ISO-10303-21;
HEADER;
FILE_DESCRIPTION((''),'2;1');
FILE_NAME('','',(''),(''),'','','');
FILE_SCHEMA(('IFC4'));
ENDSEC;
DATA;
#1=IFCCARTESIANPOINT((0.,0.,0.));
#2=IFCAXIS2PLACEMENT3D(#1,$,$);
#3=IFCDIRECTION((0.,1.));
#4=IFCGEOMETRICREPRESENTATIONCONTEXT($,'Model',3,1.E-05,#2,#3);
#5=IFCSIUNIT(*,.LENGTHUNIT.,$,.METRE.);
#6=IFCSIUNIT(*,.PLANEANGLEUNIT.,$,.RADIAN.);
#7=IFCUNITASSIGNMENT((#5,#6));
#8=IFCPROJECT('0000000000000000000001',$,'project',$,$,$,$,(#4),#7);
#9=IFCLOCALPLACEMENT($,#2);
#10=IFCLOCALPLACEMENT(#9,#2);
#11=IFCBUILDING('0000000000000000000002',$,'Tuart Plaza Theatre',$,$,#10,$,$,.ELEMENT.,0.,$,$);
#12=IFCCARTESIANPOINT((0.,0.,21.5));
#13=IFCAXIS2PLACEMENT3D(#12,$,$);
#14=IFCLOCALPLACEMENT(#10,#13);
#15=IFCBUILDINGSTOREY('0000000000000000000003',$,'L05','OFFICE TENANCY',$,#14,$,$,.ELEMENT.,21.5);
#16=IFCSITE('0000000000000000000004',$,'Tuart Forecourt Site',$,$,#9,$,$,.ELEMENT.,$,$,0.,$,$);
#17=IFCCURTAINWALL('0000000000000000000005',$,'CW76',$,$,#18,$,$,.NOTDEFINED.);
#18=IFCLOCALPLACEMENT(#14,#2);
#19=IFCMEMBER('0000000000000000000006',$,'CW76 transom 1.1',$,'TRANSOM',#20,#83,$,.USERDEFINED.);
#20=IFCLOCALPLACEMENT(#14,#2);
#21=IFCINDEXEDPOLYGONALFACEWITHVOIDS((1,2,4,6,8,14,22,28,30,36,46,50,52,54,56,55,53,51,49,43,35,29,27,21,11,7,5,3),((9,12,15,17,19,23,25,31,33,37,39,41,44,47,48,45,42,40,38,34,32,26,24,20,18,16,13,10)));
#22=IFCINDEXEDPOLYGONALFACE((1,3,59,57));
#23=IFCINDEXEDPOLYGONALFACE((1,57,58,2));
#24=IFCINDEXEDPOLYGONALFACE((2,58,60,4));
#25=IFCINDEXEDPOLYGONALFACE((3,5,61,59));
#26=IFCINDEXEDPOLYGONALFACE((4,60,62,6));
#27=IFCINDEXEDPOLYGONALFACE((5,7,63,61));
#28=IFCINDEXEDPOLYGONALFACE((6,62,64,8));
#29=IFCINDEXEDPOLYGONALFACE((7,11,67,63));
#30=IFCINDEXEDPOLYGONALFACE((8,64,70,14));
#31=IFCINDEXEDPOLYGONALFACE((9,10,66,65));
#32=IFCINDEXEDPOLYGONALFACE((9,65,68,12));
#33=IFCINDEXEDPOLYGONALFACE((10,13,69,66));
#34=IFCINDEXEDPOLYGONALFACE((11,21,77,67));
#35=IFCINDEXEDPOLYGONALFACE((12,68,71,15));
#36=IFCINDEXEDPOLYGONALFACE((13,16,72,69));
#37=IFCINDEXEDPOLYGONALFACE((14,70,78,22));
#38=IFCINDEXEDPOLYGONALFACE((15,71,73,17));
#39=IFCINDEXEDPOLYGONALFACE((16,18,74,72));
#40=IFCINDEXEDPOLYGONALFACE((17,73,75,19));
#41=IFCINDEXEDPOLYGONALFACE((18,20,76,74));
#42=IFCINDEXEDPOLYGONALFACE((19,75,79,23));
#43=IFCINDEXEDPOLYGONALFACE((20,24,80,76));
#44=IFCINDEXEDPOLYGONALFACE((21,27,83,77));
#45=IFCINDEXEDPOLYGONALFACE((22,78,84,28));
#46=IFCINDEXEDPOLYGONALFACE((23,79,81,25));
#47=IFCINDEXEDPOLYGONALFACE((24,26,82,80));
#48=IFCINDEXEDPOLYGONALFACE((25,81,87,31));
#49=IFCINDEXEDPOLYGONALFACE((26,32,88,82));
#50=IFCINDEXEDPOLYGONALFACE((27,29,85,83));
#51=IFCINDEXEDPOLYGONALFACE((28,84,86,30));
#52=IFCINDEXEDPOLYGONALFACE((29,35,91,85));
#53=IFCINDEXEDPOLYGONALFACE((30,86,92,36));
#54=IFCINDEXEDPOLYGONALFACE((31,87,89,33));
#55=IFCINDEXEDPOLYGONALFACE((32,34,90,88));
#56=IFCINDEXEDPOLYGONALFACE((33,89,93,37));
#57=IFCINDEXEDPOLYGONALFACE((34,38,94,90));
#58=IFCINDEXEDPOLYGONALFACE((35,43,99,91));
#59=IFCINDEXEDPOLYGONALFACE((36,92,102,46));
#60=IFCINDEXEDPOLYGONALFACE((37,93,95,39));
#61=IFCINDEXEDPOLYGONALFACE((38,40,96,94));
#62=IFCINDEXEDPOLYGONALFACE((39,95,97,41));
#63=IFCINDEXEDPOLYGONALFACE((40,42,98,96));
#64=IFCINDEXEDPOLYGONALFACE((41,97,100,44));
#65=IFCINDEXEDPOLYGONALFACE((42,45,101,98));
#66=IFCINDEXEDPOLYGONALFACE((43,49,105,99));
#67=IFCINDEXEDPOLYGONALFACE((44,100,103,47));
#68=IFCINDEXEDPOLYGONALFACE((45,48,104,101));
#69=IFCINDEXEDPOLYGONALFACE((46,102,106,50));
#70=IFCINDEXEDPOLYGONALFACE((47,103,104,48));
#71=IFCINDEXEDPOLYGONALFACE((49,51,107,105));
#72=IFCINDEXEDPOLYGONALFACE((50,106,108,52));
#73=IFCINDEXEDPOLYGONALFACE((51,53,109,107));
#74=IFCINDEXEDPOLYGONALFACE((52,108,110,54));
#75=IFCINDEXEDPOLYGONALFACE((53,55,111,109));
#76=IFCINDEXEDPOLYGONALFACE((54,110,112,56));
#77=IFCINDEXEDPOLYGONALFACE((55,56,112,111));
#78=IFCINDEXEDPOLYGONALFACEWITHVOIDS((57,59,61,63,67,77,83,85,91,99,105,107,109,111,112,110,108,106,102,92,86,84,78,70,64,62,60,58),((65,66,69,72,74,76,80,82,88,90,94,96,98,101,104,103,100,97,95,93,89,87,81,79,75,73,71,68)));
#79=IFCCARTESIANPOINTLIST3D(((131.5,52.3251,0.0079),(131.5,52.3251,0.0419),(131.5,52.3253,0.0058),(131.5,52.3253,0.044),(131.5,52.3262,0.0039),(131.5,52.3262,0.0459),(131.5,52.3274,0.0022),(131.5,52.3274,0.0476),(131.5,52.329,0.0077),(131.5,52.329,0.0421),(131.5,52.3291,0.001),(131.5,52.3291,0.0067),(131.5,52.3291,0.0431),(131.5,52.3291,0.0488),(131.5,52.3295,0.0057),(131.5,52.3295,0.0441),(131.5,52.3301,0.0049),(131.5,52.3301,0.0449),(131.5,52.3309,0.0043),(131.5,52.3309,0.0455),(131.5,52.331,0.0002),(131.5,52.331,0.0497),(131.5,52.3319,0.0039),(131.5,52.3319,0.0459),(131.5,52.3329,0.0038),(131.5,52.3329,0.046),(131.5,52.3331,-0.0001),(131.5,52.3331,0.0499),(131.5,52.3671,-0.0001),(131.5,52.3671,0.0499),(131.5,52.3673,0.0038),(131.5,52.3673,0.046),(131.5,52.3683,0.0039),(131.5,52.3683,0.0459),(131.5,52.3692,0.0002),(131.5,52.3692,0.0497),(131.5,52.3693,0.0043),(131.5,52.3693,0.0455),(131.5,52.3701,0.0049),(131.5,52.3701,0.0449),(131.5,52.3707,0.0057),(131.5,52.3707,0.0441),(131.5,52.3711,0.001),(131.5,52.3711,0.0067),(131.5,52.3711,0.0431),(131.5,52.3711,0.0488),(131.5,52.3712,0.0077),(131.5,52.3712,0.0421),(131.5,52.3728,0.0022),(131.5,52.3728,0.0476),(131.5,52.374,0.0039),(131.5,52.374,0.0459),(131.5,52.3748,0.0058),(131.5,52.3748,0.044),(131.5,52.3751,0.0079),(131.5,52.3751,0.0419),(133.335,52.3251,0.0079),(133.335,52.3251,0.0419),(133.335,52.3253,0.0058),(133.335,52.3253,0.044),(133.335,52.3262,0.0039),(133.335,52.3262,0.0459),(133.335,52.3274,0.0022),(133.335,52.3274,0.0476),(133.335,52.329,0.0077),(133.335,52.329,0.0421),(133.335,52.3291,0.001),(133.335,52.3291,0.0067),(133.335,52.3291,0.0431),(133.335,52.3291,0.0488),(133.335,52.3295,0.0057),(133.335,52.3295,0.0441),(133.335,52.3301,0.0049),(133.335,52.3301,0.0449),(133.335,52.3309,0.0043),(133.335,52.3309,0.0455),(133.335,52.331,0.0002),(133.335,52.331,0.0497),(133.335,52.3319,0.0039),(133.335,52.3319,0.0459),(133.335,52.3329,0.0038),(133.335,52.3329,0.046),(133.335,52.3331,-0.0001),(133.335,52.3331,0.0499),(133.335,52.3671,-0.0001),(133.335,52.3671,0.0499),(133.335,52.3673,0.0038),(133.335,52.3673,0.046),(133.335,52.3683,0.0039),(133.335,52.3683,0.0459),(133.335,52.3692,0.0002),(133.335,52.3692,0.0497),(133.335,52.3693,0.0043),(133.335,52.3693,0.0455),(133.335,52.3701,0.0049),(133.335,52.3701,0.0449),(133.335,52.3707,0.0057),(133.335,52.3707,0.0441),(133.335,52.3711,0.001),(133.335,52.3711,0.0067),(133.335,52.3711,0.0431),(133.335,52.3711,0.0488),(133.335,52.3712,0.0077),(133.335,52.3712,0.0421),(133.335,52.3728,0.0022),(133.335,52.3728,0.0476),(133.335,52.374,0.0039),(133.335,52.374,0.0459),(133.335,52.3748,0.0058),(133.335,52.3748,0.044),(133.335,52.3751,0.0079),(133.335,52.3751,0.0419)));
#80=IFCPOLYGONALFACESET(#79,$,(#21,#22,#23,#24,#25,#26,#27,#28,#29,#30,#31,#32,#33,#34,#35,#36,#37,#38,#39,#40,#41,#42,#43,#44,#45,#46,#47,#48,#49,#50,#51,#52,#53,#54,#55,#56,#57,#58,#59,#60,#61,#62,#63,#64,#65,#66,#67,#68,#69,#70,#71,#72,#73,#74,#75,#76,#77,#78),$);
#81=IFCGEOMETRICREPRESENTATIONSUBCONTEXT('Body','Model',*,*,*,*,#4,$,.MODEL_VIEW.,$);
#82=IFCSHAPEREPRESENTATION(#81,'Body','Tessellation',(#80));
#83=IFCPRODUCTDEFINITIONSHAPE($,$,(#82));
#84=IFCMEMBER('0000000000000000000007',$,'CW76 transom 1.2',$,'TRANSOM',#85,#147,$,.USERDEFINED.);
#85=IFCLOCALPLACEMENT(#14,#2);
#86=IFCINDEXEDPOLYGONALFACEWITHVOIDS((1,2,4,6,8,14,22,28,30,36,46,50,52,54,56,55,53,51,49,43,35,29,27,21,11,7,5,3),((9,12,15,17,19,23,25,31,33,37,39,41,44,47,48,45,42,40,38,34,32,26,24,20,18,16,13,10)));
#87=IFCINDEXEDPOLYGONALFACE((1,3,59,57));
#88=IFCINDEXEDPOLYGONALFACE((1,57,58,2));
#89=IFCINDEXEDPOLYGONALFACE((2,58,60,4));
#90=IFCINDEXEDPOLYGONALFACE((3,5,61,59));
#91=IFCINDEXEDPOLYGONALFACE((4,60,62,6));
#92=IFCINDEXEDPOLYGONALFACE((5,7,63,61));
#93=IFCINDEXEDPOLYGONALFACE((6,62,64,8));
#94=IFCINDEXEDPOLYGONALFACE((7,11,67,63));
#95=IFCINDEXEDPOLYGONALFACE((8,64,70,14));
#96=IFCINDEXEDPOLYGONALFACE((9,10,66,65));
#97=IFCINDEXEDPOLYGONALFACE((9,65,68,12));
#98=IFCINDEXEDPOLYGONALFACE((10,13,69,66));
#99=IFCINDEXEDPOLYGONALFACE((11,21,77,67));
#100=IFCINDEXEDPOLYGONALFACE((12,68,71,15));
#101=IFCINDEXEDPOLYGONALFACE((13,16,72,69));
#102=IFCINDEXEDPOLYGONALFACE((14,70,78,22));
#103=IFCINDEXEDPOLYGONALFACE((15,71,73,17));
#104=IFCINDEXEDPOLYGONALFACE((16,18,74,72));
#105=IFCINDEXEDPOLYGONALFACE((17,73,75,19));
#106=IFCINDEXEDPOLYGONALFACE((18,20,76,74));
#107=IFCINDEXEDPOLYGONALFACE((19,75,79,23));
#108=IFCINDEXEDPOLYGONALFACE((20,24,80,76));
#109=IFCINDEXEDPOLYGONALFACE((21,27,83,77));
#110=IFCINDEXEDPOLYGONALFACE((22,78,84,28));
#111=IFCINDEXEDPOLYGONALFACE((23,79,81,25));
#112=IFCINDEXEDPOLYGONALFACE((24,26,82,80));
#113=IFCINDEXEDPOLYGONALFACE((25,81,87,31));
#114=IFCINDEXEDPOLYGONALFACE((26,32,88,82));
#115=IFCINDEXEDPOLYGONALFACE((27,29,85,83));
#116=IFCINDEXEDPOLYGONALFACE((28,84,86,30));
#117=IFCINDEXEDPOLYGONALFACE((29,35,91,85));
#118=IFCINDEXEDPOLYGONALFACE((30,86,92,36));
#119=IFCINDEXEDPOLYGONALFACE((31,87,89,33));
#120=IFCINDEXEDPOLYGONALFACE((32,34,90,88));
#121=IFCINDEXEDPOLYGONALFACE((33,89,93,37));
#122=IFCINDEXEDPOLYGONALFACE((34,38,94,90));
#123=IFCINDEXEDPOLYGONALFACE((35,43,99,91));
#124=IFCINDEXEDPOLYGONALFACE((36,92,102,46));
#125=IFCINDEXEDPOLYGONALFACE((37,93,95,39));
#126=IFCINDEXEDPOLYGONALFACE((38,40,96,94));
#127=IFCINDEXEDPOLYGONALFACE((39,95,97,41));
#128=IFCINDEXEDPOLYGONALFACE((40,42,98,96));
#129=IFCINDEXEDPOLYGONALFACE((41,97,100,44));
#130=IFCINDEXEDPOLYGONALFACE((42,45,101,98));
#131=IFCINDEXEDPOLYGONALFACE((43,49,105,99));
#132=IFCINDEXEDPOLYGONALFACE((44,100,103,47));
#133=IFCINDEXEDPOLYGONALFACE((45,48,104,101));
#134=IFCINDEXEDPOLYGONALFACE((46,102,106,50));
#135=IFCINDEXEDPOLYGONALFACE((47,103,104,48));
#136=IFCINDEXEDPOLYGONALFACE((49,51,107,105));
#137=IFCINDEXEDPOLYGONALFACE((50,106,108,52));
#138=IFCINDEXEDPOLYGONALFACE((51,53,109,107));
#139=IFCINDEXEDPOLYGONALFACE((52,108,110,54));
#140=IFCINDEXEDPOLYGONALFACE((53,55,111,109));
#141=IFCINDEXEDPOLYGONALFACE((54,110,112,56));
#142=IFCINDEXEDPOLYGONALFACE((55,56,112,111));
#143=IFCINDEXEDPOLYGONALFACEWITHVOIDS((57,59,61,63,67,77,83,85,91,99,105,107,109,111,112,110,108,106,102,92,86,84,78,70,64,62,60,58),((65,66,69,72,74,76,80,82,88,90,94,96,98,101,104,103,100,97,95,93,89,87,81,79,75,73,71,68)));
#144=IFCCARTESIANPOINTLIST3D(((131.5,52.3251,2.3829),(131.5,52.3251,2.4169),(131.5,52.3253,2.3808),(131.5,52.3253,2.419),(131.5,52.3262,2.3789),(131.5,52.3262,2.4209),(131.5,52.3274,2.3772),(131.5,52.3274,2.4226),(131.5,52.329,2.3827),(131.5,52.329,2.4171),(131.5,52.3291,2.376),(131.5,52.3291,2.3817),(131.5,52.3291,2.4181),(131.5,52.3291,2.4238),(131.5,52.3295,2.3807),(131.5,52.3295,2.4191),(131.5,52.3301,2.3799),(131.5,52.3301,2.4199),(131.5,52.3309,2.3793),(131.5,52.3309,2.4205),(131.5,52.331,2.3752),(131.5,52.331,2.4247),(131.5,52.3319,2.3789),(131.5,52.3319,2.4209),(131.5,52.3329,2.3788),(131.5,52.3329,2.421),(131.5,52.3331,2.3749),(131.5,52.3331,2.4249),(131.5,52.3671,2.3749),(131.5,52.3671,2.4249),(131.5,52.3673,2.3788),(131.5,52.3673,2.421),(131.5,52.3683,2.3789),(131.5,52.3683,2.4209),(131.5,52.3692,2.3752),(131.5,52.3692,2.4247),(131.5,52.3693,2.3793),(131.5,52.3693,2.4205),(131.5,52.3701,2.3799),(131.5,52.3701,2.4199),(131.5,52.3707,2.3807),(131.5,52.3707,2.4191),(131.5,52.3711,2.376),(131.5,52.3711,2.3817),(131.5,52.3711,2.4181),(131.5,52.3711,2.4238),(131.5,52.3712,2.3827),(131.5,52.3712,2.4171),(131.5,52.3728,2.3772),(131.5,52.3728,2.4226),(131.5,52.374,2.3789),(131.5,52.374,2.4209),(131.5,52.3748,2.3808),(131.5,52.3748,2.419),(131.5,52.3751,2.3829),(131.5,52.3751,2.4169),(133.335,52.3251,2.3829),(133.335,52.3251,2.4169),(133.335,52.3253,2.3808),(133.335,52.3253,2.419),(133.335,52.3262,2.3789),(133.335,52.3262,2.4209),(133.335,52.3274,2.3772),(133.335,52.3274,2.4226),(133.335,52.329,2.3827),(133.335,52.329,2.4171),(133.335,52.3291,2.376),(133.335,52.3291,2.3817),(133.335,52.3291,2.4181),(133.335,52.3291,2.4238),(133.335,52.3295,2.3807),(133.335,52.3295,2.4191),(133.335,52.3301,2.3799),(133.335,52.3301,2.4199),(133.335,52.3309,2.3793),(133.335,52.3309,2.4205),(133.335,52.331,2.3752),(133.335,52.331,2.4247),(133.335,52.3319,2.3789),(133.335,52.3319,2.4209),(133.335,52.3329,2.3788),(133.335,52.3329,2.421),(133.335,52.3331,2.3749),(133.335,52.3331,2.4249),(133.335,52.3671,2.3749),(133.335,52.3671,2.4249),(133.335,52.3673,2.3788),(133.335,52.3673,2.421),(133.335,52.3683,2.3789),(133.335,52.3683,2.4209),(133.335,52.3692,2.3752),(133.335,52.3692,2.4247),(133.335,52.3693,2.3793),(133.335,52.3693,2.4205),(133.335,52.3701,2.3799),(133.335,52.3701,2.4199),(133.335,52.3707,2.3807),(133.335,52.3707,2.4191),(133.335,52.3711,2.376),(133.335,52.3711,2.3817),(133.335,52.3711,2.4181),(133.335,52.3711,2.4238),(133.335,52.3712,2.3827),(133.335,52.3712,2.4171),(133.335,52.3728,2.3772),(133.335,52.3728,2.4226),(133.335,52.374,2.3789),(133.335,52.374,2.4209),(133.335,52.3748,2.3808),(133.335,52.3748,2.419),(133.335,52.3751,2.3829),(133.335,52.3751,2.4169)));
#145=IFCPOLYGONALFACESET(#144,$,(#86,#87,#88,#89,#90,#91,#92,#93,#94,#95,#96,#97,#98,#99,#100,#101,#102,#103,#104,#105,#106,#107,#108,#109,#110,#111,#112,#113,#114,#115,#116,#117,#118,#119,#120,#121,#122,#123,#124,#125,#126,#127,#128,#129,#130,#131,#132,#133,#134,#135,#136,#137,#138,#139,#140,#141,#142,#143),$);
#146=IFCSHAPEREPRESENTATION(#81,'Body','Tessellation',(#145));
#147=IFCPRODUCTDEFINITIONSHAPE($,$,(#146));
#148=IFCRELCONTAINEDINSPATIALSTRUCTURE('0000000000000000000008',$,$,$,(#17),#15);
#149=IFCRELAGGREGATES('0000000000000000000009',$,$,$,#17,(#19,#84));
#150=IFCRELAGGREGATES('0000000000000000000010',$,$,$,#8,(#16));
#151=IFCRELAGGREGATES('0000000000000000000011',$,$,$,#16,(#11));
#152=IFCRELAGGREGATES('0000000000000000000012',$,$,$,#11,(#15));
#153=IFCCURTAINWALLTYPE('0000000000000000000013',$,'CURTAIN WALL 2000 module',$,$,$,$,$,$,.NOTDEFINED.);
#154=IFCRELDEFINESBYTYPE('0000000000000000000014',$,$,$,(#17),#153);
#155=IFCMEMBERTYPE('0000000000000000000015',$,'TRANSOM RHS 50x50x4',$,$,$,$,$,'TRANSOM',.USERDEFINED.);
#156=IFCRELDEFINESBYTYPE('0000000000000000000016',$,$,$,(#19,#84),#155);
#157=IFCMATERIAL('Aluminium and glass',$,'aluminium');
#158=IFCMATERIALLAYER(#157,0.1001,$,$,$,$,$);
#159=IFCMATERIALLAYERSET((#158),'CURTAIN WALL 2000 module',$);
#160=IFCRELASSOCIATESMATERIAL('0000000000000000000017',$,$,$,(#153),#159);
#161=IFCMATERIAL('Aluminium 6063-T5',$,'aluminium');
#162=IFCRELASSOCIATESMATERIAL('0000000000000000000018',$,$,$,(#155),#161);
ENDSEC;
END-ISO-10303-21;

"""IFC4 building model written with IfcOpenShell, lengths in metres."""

from ifc_helpers import new_model, si_unit, direction, frame, origin, origin_2d, place, context, subcontext, project, spatial, hollow_rectangle, extrude, material, layer, layer_set, material_profile, profile_set, type_object, element, aggregate, save


model = new_model("IFC4")

# Units and contexts
model_context = context("Model", 3, precision=1e-05, world=origin(), true_north=direction((0.0, 1.0)))
body_context = subcontext(model_context, "Body", "Model", "MODEL_VIEW")
ifc_project = project(units=[si_unit("LENGTHUNIT", "METRE"), si_unit("PLANEANGLEUNIT", "RADIAN")], contexts=[model_context])

# Site, building, storey
site_placement = place(None, origin())
site = spatial("IfcSite", under=ifc_project, at=site_placement, Name="Tuart Forecourt Site", CompositionType="ELEMENT", RefElevation=0.0)
building_placement = place(site_placement, origin())
building = spatial("IfcBuilding", under=site, at=building_placement, Name="Tuart Plaza Theatre", CompositionType="ELEMENT", ElevationOfRefHeight=0.0)
storey_placement = place(building_placement, frame((0.0, 0.0, 21.5)))
storey = spatial("IfcBuildingStorey", under=building, at=storey_placement, Name="L05", Description="OFFICE TENANCY", CompositionType="ELEMENT", Elevation=21.5)

# Curtain wall, members
ifc_material_1 = material(Name="Aluminium and glass", Category="aluminium")
ifc_layer_1 = layer(ifc_material_1, 0.1001)
ifc_layer_set_1 = layer_set([ifc_layer_1], Name="CURTAIN WALL 2000 module")
curtain_wall_type = type_object("IfcCurtainWallType", Name="CURTAIN WALL 2000 module", PredefinedType="NOTDEFINED", material=ifc_layer_set_1)
curtain_wall_placement = place(storey_placement, origin())
curtain_wall = element("IfcCurtainWall", 1, at=curtain_wall_placement, inside=storey, type_object=curtain_wall_type, Name="CW76", PredefinedType="NOTDEFINED")
ifc_material_2 = material(Name="Aluminium 6063-T5", Category="aluminium")
ifc_material_profile_1 = material_profile(ifc_material_2, hollow_rectangle(XDim=0.05, YDim=0.05, WallThickness=0.0039, InnerFilletRadius=0.0039, OuterFilletRadius=0.0081, at=origin_2d()), Name="RHS 50x50x4")
ifc_profile_set_1 = profile_set([ifc_material_profile_1], Name="Aluminium 6063-T5")
member_type_1 = type_object("IfcMemberType", Name="TRANSOM RHS 50x50x4", ElementType="TRANSOM", PredefinedType="USERDEFINED", material=ifc_profile_set_1)
member_1_placement = place(storey_placement, frame((131.5, 52.3501, 0.0249), z_axis=(1.0, 0.0, 0.0), x_axis=(0.0, 1.0, 0.0)))
member_1 = element("IfcMember", 2, at=member_1_placement, type_object=member_type_1, Name="CW76 transom 1.1", ObjectType="TRANSOM", PredefinedType="USERDEFINED", context=body_context, shape_type="SweptSolid", body=[
    extrude(hollow_rectangle(XDim=0.05, YDim=0.05, WallThickness=0.0039, InnerFilletRadius=0.0039, OuterFilletRadius=0.0081, at=origin_2d()), origin(), (0.0, 0.0, 1.0), 1.835),
])
member_2_placement = place(storey_placement, frame((131.5, 52.3501, 2.3999), z_axis=(1.0, 0.0, 0.0), x_axis=(0.0, 1.0, 0.0)))
member_2 = element("IfcMember", 3, at=member_2_placement, type_object=member_type_1, Name="CW76 transom 1.2", ObjectType="TRANSOM", PredefinedType="USERDEFINED", context=body_context, shape_type="SweptSolid", body=[
    extrude(hollow_rectangle(XDim=0.05, YDim=0.05, WallThickness=0.0039, InnerFilletRadius=0.0039, OuterFilletRadius=0.0081, at=origin_2d()), origin(), (0.0, 0.0, 1.0), 1.835),
])
aggregate(curtain_wall, [member_1, member_2])

save(model, "model.ifc")
